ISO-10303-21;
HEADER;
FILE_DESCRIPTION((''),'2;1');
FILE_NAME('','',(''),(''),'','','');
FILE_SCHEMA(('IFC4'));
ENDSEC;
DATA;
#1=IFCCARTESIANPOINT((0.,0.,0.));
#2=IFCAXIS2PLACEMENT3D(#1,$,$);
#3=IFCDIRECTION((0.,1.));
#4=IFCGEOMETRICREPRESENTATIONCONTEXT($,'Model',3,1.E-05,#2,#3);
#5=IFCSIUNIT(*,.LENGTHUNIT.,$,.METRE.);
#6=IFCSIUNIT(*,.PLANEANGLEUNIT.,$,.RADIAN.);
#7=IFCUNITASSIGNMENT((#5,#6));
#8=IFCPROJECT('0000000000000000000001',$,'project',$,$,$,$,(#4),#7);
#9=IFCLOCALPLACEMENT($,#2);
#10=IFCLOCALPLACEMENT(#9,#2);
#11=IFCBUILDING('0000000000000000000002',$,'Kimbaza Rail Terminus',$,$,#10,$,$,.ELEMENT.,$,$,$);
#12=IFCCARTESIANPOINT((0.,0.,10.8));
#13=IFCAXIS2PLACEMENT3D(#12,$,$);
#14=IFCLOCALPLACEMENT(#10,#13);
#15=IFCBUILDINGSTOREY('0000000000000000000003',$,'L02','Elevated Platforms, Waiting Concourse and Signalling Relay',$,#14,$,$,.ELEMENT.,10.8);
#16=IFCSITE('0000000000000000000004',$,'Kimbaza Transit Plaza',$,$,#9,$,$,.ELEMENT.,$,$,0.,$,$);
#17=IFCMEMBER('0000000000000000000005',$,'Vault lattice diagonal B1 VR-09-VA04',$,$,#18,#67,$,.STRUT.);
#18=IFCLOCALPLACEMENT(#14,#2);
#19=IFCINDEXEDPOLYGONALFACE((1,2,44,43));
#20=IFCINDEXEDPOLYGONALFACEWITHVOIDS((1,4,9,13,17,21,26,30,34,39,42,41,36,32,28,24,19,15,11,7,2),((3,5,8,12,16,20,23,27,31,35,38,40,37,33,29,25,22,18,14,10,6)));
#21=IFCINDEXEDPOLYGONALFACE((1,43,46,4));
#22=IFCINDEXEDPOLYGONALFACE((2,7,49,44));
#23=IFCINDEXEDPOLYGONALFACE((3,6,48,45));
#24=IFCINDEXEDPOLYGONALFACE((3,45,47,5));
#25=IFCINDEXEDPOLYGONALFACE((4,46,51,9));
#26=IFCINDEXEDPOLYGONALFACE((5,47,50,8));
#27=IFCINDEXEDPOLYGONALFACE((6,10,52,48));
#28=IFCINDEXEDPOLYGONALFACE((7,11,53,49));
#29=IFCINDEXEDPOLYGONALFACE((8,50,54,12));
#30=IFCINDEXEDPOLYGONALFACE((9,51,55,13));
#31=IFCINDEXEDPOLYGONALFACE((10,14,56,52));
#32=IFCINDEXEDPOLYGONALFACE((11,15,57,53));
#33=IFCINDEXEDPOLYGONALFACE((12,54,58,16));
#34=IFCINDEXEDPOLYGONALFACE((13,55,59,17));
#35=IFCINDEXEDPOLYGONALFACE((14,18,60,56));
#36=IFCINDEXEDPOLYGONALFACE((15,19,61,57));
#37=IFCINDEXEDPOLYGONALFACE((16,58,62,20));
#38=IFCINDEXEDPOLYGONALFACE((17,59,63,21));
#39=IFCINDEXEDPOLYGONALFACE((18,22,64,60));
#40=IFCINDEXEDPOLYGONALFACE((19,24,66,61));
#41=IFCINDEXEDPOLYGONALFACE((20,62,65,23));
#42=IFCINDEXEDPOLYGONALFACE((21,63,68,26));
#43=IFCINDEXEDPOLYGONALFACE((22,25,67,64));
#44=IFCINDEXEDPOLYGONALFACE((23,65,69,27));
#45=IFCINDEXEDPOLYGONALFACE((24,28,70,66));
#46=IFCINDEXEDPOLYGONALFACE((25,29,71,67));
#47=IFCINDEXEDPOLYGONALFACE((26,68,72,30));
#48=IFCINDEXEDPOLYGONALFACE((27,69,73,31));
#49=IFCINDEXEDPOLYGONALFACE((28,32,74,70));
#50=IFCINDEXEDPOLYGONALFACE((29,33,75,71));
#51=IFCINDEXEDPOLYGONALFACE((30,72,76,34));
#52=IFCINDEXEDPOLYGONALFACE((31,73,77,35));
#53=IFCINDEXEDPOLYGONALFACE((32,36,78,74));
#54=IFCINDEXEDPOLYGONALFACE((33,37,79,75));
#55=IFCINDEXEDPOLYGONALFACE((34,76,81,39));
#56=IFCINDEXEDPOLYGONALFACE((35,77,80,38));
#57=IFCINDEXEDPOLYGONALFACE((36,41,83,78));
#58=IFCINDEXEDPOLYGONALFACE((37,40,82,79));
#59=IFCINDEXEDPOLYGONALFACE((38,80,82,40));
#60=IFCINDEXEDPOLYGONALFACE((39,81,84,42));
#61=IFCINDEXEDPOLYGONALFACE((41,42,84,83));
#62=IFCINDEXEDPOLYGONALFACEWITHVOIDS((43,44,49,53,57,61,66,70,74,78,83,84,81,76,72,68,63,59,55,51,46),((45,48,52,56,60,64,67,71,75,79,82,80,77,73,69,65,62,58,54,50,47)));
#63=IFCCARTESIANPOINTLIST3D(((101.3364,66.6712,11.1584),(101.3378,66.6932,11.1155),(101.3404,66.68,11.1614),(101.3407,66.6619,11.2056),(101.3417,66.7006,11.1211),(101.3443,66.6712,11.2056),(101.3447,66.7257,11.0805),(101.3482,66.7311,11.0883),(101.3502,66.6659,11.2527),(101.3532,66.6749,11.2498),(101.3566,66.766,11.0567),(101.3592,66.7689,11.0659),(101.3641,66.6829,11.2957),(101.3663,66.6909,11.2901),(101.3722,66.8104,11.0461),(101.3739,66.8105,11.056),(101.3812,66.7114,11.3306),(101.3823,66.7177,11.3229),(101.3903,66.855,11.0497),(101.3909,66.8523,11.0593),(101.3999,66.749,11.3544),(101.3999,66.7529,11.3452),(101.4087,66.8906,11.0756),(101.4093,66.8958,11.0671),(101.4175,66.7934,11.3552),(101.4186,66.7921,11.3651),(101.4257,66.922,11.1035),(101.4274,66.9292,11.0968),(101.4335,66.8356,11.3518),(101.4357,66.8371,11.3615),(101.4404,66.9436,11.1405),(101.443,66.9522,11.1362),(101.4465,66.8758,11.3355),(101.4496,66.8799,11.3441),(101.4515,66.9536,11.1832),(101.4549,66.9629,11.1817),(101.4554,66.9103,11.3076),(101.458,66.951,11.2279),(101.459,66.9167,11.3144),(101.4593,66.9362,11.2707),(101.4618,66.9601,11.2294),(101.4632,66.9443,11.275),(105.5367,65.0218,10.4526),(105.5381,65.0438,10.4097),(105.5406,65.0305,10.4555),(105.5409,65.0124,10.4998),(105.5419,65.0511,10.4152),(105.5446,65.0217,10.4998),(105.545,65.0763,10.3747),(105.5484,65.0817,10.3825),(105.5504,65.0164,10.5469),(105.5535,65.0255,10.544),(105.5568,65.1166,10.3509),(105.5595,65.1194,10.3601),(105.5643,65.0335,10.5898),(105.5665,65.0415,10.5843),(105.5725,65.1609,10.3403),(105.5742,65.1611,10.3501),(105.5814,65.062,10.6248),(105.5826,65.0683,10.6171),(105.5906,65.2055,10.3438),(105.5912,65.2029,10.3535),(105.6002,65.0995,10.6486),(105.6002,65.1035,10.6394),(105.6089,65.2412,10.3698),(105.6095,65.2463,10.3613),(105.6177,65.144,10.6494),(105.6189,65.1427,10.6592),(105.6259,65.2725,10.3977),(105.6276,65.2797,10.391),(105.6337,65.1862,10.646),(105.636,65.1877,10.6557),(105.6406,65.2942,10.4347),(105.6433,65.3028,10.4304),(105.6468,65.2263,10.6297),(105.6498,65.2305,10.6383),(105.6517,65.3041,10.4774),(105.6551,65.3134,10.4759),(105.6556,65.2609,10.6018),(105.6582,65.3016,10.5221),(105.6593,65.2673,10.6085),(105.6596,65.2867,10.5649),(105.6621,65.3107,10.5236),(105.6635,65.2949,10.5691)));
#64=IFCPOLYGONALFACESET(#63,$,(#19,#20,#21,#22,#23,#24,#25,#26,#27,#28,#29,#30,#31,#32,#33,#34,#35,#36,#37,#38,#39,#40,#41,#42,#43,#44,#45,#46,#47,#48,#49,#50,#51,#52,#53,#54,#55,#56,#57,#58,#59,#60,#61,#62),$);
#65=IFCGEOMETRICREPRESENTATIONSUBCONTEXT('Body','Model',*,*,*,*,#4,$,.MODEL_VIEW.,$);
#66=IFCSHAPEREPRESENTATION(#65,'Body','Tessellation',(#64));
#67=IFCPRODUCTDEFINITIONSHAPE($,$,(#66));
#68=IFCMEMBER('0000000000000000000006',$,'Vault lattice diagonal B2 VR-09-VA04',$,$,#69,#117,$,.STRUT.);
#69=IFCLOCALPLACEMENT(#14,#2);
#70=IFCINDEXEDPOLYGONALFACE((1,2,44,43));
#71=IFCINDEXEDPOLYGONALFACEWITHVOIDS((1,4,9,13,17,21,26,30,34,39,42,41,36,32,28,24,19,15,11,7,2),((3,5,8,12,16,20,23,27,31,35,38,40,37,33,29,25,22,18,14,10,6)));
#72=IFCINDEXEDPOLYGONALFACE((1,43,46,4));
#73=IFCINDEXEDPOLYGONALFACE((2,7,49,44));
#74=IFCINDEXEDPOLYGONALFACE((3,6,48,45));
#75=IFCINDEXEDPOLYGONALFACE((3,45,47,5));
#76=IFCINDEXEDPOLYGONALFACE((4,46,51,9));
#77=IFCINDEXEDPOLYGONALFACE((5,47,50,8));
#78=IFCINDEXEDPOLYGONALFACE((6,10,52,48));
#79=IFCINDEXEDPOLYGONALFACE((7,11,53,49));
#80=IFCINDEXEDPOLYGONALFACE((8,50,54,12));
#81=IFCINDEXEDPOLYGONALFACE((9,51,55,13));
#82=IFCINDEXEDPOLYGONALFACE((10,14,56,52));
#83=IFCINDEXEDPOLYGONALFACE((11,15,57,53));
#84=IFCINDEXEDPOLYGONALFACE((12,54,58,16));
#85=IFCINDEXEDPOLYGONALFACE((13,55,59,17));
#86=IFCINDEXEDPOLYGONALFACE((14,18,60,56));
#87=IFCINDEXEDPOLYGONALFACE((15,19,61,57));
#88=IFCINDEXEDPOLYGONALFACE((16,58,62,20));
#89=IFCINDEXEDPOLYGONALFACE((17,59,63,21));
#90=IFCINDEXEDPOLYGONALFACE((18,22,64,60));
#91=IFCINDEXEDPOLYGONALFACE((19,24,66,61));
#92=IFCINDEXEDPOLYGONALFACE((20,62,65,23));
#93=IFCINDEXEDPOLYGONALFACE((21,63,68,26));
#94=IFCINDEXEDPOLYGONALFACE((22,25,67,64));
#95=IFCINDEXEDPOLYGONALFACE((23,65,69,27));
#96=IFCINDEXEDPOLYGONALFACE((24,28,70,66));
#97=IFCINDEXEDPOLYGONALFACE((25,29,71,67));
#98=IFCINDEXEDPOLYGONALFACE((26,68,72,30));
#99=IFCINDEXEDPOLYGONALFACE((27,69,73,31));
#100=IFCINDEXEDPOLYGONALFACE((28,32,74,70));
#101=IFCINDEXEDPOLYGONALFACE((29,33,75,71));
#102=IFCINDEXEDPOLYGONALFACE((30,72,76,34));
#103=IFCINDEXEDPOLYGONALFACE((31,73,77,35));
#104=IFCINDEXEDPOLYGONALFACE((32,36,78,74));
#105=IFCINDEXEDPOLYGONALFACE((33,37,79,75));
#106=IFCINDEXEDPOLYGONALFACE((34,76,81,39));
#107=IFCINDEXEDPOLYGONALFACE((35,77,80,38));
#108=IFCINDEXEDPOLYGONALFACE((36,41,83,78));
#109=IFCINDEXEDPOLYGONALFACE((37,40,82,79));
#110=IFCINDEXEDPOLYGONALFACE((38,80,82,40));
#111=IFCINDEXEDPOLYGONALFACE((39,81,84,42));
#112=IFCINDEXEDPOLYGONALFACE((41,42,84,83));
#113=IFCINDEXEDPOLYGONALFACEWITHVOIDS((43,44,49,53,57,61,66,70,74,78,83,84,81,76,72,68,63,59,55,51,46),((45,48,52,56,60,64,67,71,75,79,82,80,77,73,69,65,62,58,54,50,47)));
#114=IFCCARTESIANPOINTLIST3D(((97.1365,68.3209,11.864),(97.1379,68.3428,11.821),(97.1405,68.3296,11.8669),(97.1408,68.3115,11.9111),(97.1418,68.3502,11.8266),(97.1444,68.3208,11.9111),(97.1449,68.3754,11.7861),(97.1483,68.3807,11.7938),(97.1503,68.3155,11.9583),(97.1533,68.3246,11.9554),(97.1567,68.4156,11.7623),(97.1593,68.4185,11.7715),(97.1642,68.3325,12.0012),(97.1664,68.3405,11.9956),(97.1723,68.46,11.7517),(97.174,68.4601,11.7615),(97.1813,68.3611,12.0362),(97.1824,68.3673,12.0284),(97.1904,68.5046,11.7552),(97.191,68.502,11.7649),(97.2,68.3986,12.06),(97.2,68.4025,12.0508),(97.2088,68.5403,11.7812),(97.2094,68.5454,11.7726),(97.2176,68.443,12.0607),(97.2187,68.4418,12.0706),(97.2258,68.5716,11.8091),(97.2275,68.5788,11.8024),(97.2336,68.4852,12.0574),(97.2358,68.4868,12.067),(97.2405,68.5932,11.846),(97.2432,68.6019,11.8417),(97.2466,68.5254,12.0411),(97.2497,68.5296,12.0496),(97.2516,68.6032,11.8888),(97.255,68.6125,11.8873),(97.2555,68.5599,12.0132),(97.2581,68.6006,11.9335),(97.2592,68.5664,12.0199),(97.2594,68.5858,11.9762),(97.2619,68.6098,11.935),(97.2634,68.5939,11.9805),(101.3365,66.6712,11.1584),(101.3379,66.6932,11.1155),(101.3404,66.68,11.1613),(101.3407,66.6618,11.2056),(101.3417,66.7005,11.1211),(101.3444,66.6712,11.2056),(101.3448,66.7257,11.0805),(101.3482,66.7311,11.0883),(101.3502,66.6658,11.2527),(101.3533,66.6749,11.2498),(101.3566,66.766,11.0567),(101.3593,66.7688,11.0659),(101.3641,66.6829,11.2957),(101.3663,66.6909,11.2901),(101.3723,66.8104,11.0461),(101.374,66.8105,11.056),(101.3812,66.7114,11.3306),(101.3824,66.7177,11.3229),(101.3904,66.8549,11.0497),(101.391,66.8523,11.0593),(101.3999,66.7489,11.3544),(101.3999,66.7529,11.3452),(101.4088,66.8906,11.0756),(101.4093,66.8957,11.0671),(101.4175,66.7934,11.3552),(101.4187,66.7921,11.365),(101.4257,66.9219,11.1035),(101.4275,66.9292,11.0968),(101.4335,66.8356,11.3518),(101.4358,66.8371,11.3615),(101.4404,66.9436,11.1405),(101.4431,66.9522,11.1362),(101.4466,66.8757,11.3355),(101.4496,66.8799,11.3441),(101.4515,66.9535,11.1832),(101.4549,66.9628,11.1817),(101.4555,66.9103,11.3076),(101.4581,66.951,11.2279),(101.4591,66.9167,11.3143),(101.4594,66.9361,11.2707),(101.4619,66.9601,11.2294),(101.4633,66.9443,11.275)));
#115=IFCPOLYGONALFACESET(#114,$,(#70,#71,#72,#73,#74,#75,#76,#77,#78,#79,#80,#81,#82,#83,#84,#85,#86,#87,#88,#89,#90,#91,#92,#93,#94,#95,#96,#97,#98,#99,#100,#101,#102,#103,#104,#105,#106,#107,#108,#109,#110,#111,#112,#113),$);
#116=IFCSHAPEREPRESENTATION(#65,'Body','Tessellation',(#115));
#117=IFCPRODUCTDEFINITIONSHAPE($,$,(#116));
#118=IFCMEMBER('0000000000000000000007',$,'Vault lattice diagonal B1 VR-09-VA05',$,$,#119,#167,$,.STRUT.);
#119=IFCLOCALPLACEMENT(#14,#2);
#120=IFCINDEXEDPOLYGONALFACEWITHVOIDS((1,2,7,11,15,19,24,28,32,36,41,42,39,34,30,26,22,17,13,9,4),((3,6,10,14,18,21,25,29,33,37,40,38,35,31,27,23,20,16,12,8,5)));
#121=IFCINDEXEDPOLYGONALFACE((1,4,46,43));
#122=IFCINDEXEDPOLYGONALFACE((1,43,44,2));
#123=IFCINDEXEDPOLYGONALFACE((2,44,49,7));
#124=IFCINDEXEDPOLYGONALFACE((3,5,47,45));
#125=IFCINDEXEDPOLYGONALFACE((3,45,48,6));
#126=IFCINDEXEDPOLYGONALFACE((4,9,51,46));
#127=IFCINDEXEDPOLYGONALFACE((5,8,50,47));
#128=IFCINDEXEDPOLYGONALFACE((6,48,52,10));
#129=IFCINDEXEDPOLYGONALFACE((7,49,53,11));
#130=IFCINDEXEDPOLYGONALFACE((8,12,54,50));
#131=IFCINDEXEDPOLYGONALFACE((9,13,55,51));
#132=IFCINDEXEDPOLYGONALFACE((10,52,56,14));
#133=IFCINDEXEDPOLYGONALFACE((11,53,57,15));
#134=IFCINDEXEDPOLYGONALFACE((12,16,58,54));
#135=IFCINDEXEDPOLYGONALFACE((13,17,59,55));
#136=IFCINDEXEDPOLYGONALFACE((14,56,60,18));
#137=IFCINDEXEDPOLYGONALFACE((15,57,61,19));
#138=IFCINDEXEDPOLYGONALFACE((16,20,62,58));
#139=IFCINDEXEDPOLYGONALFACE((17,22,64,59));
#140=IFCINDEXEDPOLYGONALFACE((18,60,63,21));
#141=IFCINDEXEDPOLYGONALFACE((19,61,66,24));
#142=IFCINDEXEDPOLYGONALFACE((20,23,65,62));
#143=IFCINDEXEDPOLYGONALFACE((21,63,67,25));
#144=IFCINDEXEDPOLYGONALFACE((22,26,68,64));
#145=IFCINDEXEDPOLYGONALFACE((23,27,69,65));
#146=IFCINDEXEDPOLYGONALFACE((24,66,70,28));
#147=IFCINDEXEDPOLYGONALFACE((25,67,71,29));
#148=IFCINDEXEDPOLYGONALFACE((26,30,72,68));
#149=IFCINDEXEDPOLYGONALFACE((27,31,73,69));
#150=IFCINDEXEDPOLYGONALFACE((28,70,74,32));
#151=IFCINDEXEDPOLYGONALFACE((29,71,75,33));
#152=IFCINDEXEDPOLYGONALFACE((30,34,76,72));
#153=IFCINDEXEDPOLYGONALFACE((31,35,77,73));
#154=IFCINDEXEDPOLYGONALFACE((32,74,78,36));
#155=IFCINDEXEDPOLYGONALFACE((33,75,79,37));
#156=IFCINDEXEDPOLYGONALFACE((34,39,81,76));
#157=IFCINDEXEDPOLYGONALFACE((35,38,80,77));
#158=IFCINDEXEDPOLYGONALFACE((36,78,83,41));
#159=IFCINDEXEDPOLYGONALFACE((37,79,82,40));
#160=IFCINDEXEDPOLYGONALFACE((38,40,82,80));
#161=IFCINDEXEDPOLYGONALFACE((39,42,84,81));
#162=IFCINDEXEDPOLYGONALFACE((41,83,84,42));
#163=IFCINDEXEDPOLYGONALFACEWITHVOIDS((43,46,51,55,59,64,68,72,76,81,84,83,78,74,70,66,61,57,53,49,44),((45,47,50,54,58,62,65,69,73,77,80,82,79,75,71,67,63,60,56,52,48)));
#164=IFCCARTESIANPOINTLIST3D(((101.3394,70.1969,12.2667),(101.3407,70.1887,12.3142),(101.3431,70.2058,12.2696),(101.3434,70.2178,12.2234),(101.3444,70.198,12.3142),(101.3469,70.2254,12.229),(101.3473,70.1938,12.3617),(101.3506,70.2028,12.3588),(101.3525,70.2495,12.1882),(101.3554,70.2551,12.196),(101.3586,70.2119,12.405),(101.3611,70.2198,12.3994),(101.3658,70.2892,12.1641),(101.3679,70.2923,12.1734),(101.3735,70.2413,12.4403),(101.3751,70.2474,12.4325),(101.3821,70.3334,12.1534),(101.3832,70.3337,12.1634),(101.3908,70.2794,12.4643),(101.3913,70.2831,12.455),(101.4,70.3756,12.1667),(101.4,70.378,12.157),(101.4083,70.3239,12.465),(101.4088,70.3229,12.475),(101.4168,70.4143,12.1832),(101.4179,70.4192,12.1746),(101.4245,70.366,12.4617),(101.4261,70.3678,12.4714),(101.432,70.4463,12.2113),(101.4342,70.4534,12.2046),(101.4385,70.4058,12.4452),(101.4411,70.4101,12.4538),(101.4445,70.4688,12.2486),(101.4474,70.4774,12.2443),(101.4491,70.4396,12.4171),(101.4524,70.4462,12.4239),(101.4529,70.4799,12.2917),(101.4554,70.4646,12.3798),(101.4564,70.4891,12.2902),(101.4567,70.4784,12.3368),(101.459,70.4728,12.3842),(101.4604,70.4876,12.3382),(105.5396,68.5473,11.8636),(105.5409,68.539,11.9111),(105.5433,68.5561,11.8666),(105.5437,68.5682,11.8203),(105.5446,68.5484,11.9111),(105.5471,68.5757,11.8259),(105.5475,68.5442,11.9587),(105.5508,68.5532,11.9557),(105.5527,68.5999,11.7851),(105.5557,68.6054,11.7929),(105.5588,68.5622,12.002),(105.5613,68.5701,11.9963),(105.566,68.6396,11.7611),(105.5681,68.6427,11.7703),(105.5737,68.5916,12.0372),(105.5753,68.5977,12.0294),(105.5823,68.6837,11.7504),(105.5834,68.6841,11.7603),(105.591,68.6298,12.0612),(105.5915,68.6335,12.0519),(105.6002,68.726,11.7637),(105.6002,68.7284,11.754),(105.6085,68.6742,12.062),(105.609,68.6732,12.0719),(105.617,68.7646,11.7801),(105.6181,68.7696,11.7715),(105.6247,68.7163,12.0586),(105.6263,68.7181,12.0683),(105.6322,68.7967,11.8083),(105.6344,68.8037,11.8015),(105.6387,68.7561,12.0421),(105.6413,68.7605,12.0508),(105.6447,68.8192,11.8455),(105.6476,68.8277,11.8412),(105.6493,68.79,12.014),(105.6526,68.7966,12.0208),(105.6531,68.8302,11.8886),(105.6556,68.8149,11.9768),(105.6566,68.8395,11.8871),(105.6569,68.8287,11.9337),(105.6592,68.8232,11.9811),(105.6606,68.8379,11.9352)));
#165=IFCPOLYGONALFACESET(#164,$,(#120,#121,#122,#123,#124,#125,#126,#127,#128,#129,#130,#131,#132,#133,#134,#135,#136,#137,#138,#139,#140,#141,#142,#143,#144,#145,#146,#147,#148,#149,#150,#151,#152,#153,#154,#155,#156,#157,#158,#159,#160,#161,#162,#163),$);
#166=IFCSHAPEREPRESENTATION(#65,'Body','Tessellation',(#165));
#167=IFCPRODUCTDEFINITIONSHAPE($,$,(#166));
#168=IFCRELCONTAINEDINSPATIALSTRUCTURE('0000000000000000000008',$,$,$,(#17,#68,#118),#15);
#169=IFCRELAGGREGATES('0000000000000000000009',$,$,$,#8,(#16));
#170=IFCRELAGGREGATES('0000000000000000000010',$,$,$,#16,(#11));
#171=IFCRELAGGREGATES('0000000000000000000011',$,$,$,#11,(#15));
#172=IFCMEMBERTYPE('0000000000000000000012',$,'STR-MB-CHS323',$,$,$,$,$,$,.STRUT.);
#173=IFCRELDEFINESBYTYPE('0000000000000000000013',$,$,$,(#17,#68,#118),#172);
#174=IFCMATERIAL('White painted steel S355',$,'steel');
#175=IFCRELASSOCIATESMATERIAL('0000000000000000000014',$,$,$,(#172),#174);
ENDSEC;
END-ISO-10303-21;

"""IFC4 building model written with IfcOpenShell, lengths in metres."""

from ifc_helpers import new_model, si_unit, direction, frame, origin, origin_2d, place, context, subcontext, project, spatial, hollow_circle, extrude, material, material_profile, profile_set, type_object, element, save


model = new_model("IFC4")

# Units and contexts
model_context = context("Model", 3, precision=1e-05, world=origin(), true_north=direction((0.0, 1.0)))
body_context = subcontext(model_context, "Body", "Model", "MODEL_VIEW")
ifc_project = project(units=[si_unit("LENGTHUNIT", "METRE"), si_unit("PLANEANGLEUNIT", "RADIAN")], contexts=[model_context])

# Site, building, storey
site_placement = place(None, origin())
site = spatial("IfcSite", under=ifc_project, at=site_placement, Name="Kimbaza Transit Plaza", CompositionType="ELEMENT", RefElevation=0.0)
building_placement = place(site_placement, origin())
building = spatial("IfcBuilding", under=site, at=building_placement, Name="Kimbaza Rail Terminus", CompositionType="ELEMENT")
storey_placement = place(building_placement, frame((0.0, 0.0, 10.8)))
storey = spatial("IfcBuildingStorey", under=building, at=storey_placement, Name="L02", Description="Elevated Platforms, Waiting Concourse and Signalling Relay", CompositionType="ELEMENT", Elevation=10.8)

# Members
ifc_material_1 = material(Name="White painted steel S355", Category="steel")
ifc_material_profile_1 = material_profile(ifc_material_1, hollow_circle(Radius=0.1619, WallThickness=0.01, at=origin_2d()), Name="CHS 323.9x10")
ifc_profile_set_1 = profile_set([ifc_material_profile_1], Name="White painted steel S355")
member_type_1 = type_object("IfcMemberType", Name="STR-MB-CHS323", PredefinedType="STRUT", material=ifc_profile_set_1)
member_1_placement = place(storey_placement, frame((105.6001, 65.1631, 10.4998), z_axis=(-0.91962, 0.361134, 0.154535), x_axis=(-0.365525, -0.930801, 0.0)))
element("IfcMember", 1, at=member_1_placement, inside=storey, type_object=member_type_1, Name="Vault lattice diagonal B1 VR-09-VA04", PredefinedType="STRUT", context=body_context, shape_type="SweptSolid", body=[
    extrude(hollow_circle(Radius=0.1619, WallThickness=0.01, at=origin_2d()), origin(), (0.0, 0.0, 1.0), 4.5674),
])
member_2_placement = place(storey_placement, frame((101.3999, 66.8125, 11.2056), z_axis=(-0.919602, 0.361201, 0.154488), x_axis=(-0.36559, -0.930776, 0.0)))
element("IfcMember", 2, at=member_2_placement, inside=storey, type_object=member_type_1, Name="Vault lattice diagonal B2 VR-09-VA04", PredefinedType="STRUT", context=body_context, shape_type="SweptSolid", body=[
    extrude(hollow_circle(Radius=0.1619, WallThickness=0.01, at=origin_2d()), origin(), (0.0, 0.0, 1.0), 4.5671),
])
member_3_placement = place(storey_placement, frame((105.6001, 68.6897, 11.9111), z_axis=(-0.927092, 0.364122, 0.088969), x_axis=(-0.365572, -0.930783, 0.0)))
element("IfcMember", 3, at=member_3_placement, inside=storey, type_object=member_type_1, Name="Vault lattice diagonal B1 VR-09-VA05", PredefinedType="STRUT", context=body_context, shape_type="SweptSolid", body=[
    extrude(hollow_circle(Radius=0.1619, WallThickness=0.01, at=origin_2d()), origin(), (0.0, 0.0, 1.0), 4.5305),
])

save(model, "model.ifc")
